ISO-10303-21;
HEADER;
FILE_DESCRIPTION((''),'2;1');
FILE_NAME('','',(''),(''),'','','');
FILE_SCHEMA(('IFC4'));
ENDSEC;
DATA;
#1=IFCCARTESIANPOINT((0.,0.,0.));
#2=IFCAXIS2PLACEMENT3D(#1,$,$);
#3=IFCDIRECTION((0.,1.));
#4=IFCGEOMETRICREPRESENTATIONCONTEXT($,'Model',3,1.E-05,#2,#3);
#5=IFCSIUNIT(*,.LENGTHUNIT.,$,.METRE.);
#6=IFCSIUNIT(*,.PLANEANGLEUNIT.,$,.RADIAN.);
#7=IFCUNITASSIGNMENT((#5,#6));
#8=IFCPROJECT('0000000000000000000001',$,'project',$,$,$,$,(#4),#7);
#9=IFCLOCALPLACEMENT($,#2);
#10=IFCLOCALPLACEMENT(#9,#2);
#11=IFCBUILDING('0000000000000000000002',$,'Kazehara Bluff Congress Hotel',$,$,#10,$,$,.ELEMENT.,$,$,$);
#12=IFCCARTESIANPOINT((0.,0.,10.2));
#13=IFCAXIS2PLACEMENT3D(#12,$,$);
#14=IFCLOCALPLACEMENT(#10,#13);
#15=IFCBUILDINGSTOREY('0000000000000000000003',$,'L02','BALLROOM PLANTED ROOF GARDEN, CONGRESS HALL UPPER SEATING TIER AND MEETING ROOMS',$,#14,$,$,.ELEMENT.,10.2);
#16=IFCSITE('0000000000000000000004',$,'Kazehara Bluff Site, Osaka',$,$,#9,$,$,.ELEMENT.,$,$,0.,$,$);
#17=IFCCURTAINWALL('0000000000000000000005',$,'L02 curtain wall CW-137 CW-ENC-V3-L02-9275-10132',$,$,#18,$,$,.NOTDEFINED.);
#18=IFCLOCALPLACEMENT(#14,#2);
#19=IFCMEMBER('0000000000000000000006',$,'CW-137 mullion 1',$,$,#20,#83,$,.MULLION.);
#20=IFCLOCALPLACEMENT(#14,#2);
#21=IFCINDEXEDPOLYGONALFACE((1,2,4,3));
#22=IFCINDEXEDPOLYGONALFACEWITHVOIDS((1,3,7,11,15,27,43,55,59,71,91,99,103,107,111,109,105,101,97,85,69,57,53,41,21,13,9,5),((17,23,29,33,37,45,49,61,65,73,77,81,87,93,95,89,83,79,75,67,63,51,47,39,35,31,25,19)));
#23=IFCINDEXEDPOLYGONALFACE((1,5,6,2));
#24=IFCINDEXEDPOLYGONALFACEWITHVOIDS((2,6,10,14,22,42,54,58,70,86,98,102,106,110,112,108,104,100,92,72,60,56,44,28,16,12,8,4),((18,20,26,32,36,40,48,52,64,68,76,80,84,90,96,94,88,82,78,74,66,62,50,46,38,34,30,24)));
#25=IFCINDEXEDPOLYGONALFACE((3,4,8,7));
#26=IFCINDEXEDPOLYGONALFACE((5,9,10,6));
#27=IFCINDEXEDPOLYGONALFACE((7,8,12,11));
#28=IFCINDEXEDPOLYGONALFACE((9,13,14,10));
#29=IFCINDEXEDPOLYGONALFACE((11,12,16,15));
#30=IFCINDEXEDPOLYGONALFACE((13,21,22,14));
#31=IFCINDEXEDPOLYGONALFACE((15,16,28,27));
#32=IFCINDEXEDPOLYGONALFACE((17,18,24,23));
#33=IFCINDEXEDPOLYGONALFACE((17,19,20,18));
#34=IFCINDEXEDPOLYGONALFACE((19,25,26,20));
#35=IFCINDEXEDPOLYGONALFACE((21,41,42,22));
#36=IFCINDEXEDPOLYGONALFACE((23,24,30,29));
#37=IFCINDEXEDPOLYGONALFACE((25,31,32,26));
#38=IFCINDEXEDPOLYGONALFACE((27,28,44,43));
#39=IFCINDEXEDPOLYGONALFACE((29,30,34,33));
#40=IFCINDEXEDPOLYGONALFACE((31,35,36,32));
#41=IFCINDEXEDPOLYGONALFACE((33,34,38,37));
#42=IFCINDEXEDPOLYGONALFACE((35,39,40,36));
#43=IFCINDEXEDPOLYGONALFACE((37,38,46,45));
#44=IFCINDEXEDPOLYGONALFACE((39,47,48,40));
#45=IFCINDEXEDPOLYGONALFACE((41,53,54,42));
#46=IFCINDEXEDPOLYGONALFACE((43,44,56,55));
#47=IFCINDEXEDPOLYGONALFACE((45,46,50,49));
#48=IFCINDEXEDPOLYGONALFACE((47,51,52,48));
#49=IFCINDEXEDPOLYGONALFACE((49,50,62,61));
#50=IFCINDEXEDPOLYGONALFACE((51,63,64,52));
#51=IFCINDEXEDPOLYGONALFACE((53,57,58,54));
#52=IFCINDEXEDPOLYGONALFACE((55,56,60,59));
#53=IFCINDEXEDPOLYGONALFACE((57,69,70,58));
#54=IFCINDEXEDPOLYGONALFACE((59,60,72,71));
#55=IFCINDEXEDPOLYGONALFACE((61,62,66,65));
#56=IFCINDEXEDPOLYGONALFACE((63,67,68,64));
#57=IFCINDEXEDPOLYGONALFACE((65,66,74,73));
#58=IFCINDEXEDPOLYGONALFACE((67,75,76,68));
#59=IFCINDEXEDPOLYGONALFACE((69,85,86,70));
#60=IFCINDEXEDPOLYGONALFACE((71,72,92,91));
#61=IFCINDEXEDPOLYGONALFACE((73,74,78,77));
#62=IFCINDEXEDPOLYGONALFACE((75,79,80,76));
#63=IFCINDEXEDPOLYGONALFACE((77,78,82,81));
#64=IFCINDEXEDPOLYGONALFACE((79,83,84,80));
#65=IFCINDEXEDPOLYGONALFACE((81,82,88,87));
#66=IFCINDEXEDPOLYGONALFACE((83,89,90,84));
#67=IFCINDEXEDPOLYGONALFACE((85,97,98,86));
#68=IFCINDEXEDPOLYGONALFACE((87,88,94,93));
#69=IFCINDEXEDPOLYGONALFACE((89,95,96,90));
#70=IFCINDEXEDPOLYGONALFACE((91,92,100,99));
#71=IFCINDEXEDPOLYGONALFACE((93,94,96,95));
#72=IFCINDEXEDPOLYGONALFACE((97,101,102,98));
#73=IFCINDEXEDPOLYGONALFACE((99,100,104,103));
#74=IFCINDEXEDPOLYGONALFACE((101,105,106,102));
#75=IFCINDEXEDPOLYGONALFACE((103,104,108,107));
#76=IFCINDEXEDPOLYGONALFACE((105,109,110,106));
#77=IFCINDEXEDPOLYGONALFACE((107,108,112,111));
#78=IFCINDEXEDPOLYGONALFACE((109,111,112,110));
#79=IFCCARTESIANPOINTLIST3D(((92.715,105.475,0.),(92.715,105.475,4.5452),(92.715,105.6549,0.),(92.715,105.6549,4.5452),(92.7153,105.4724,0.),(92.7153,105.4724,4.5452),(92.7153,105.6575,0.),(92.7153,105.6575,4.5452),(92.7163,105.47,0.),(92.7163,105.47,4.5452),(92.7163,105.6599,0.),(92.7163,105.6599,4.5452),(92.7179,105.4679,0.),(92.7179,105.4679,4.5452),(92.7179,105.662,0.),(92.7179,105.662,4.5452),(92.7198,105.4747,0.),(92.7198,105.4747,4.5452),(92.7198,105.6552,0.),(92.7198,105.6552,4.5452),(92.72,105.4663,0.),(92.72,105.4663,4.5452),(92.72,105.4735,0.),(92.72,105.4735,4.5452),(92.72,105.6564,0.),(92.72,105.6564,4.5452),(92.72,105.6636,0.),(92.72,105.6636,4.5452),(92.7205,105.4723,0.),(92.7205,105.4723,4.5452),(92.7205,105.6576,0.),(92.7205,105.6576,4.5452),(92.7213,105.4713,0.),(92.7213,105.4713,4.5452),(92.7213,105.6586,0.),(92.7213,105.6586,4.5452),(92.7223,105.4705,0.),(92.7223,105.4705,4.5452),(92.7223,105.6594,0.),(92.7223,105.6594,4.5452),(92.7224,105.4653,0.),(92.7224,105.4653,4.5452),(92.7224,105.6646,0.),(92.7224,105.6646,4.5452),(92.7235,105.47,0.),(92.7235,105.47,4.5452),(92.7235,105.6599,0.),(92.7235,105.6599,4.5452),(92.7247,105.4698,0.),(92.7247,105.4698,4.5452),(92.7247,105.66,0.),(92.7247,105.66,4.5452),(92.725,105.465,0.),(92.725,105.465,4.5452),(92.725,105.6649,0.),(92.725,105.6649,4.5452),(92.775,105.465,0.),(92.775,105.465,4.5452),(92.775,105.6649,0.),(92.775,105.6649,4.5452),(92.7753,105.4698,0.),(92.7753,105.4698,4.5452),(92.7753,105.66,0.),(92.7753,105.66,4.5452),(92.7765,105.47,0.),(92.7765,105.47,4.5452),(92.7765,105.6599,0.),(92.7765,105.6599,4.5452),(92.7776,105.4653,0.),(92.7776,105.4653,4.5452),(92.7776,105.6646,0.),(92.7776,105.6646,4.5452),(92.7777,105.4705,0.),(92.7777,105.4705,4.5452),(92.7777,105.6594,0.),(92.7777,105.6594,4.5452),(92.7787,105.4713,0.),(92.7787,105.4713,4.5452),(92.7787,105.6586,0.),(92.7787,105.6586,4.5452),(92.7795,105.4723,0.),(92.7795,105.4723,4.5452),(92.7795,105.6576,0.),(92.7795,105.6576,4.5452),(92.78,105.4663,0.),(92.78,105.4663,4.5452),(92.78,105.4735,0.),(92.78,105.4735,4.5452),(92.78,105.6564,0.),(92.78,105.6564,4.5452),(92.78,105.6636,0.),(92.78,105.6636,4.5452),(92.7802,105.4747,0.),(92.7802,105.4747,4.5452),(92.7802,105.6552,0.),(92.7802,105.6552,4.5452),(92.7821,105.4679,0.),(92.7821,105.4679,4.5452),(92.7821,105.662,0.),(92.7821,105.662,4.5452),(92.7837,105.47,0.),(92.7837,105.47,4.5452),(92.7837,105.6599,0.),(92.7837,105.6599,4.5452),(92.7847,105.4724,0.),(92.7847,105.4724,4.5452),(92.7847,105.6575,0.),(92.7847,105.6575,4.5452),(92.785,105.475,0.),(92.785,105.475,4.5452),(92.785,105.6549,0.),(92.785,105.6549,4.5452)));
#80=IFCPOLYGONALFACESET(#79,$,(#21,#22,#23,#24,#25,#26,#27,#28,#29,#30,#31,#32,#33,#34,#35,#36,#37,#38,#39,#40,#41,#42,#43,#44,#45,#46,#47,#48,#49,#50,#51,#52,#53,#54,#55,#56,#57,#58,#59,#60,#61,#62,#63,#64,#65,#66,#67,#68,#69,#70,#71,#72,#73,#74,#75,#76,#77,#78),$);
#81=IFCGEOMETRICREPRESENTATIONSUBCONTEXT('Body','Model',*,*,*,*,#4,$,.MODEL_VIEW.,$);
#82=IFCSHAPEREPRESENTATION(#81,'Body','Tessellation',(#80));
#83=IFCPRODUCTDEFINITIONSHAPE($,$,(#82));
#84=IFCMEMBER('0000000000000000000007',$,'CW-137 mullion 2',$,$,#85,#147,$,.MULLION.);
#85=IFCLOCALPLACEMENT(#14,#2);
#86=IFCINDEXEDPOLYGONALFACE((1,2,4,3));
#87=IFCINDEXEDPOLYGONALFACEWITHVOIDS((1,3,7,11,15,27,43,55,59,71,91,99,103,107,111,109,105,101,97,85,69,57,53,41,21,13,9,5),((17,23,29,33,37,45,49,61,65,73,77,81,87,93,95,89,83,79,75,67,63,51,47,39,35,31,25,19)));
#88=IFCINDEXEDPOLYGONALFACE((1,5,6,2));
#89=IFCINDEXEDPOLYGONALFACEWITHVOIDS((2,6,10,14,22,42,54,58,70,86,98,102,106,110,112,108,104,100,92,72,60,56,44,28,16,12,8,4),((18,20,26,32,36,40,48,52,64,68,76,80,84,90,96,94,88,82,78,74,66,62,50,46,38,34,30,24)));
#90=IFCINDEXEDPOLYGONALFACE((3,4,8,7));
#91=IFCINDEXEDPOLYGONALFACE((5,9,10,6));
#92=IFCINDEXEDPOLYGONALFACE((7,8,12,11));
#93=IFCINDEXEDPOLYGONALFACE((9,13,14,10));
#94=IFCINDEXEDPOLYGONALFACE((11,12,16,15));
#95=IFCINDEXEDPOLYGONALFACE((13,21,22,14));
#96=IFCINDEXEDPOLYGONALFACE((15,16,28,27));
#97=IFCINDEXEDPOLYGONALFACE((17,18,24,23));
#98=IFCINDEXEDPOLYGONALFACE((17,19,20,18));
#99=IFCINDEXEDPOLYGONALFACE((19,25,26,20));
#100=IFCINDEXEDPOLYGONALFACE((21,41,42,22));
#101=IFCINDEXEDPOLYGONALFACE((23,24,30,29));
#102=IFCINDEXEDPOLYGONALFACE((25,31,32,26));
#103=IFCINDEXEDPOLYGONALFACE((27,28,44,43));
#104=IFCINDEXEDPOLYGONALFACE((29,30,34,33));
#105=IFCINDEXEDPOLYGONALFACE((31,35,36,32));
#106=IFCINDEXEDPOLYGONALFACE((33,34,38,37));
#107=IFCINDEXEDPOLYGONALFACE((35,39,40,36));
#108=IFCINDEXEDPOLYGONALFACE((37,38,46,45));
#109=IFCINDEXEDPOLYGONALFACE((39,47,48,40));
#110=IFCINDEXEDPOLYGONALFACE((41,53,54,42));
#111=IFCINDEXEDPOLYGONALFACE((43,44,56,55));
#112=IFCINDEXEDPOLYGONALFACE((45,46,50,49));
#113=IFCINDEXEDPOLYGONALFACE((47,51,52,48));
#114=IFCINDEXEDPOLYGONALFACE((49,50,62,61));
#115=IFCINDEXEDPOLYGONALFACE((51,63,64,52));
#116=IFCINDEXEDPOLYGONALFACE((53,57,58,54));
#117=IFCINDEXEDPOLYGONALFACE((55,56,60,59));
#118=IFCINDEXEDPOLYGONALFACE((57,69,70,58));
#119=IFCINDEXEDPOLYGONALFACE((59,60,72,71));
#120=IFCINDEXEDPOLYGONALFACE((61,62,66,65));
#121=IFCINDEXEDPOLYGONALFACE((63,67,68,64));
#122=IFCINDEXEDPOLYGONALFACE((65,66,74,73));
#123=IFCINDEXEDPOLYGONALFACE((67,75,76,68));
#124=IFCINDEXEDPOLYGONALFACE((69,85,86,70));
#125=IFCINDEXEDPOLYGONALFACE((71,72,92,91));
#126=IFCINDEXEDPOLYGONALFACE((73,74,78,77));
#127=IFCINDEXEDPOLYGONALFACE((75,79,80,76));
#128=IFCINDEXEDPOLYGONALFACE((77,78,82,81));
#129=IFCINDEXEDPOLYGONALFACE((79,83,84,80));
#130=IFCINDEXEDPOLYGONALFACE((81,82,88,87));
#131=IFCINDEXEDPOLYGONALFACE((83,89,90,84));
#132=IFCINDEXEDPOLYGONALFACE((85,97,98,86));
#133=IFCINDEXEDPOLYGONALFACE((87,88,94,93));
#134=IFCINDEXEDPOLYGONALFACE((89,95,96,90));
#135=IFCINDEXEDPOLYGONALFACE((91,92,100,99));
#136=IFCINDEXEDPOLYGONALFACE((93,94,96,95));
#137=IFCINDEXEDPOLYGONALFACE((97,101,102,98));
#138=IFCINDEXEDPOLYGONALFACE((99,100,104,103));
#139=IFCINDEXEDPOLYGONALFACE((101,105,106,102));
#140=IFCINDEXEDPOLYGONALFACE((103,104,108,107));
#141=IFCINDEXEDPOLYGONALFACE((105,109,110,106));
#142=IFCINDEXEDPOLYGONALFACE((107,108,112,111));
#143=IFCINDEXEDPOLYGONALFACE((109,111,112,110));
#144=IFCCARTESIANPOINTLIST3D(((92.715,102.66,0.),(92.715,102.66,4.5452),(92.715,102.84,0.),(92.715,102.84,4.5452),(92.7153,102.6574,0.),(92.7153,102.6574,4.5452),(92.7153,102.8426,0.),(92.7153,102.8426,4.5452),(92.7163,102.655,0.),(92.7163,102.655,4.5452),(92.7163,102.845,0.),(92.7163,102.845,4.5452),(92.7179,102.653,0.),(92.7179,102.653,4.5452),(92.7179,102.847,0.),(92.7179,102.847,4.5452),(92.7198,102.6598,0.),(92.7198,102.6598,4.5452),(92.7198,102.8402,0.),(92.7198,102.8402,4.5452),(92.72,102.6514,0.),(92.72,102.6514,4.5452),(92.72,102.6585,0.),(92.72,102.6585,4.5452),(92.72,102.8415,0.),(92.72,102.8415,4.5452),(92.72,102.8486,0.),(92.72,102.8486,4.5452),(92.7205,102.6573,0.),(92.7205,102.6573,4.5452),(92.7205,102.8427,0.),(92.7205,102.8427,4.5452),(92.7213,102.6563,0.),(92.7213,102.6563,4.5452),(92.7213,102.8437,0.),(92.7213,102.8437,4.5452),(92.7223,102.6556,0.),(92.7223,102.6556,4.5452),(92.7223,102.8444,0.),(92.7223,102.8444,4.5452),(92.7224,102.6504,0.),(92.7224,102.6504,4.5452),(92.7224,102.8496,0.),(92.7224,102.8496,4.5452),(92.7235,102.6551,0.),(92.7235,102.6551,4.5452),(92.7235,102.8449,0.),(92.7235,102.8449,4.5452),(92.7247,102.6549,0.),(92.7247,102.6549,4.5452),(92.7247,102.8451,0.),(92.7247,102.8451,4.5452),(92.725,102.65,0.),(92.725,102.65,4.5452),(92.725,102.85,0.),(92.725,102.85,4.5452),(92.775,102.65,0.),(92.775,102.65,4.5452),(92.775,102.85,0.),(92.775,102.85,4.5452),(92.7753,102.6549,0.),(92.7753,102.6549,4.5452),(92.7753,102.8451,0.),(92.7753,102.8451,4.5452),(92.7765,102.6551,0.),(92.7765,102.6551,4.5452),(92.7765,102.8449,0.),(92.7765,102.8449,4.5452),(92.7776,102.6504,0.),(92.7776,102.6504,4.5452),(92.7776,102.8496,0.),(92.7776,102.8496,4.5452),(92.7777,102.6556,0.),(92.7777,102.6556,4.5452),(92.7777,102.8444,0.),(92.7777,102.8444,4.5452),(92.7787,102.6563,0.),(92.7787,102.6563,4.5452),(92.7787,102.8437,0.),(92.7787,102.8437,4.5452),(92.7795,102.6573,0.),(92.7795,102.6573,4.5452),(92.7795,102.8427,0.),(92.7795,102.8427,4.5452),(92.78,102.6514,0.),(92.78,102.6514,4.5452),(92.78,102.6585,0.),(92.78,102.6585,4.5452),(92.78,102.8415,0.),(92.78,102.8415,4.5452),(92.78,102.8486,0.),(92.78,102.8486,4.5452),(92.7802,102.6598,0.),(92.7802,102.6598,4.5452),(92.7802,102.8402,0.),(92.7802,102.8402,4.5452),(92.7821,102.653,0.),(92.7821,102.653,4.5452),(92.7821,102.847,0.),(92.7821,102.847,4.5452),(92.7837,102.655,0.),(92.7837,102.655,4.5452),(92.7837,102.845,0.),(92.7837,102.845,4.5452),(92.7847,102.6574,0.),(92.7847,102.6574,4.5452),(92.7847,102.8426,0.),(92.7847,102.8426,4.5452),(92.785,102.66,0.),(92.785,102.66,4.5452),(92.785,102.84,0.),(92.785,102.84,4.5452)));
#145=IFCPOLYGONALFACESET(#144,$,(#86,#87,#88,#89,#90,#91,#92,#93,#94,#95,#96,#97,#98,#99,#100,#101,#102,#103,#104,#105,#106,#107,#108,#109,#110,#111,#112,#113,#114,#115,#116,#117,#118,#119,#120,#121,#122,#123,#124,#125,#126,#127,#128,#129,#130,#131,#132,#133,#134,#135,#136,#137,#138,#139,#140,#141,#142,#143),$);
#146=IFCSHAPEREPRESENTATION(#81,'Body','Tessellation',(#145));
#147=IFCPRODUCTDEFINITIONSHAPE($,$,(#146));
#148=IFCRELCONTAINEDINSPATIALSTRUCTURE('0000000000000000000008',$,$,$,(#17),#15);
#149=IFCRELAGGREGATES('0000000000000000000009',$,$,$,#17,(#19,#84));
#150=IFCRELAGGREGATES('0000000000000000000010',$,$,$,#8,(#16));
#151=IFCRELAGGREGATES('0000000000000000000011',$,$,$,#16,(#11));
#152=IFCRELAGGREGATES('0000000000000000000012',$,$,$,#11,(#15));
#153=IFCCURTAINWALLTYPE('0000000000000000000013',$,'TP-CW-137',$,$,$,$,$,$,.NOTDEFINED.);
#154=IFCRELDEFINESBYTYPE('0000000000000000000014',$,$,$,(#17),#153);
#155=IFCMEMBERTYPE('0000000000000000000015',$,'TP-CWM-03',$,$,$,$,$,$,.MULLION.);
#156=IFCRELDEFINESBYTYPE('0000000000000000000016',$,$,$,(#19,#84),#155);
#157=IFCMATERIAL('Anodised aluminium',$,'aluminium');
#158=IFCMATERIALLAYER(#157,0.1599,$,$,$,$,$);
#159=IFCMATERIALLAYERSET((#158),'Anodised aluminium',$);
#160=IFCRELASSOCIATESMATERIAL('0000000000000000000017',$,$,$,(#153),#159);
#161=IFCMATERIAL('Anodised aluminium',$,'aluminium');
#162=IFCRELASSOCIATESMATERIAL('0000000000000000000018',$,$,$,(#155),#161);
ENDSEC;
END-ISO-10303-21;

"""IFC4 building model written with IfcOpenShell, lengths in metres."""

from ifc_helpers import new_model, si_unit, direction, frame, origin, origin_2d, place, context, subcontext, project, spatial, hollow_rectangle, extrude, material, layer, layer_set, material_profile, profile_set, type_object, element, aggregate, save


model = new_model("IFC4")

# Units and contexts
model_context = context("Model", 3, precision=1e-05, world=origin(), true_north=direction((0.0, 1.0)))
body_context = subcontext(model_context, "Body", "Model", "MODEL_VIEW")
ifc_project = project(units=[si_unit("LENGTHUNIT", "METRE"), si_unit("PLANEANGLEUNIT", "RADIAN")], contexts=[model_context])

# Site, building, storey
site_placement = place(None, origin())
site = spatial("IfcSite", under=ifc_project, at=site_placement, Name="Kazehara Bluff Site, Osaka", CompositionType="ELEMENT", RefElevation=0.0)
building_placement = place(site_placement, origin())
building = spatial("IfcBuilding", under=site, at=building_placement, Name="Kazehara Bluff Congress Hotel", CompositionType="ELEMENT")
storey_placement = place(building_placement, frame((0.0, 0.0, 10.2)))
storey = spatial("IfcBuildingStorey", under=building, at=storey_placement, Name="L02", Description="BALLROOM PLANTED ROOF GARDEN, CONGRESS HALL UPPER SEATING TIER AND MEETING ROOMS", CompositionType="ELEMENT", Elevation=10.2)

# Curtain wall, members
ifc_material_1 = material(Name="Anodised aluminium", Category="aluminium")
ifc_layer_1 = layer(ifc_material_1, 0.1599)
ifc_layer_set_1 = layer_set([ifc_layer_1], Name="Anodised aluminium")
curtain_wall_type_1 = type_object("IfcCurtainWallType", Name="TP-CW-137", PredefinedType="NOTDEFINED", material=ifc_layer_set_1)
curtain_wall_1_placement = place(storey_placement, origin())
curtain_wall_1 = element("IfcCurtainWall", 1, at=curtain_wall_1_placement, inside=storey, type_object=curtain_wall_type_1, Name="L02 curtain wall CW-137 CW-ENC-V3-L02-9275-10132", PredefinedType="NOTDEFINED")
ifc_material_2 = material(Name="Anodised aluminium", Category="aluminium")
ifc_material_profile_1 = material_profile(ifc_material_2, hollow_rectangle(XDim=0.0701, YDim=0.2, WallThickness=0.0049, InnerFilletRadius=0.0049, OuterFilletRadius=0.01, at=origin_2d()))
ifc_profile_set_1 = profile_set([ifc_material_profile_1], Name="Anodised aluminium")
member_type_1 = type_object("IfcMemberType", Name="TP-CWM-03", PredefinedType="MULLION", material=ifc_profile_set_1)
member_1_placement = place(storey_placement, frame((92.75, 105.5649, 0.0), z_axis=(0.0, 0.0, 1.0), x_axis=(1.0, 0.0, 0.0)))
member_1 = element("IfcMember", 2, at=member_1_placement, type_object=member_type_1, Name="CW-137 mullion 1", PredefinedType="MULLION", context=body_context, shape_type="SweptSolid", body=[
    extrude(hollow_rectangle(XDim=0.0701, YDim=0.2, WallThickness=0.0049, InnerFilletRadius=0.0049, OuterFilletRadius=0.01, at=origin_2d()), origin(), (0.0, 0.0, 1.0), 4.5452),
])
member_2_placement = place(storey_placement, frame((92.75, 102.75, 0.0), z_axis=(0.0, 0.0, 1.0), x_axis=(1.0, 0.0, 0.0)))
member_2 = element("IfcMember", 3, at=member_2_placement, type_object=member_type_1, Name="CW-137 mullion 2", PredefinedType="MULLION", context=body_context, shape_type="SweptSolid", body=[
    extrude(hollow_rectangle(XDim=0.0701, YDim=0.2, WallThickness=0.0049, InnerFilletRadius=0.0049, OuterFilletRadius=0.01, at=origin_2d()), origin(), (0.0, 0.0, 1.0), 4.5452),
])

aggregate(curtain_wall_1, [member_1, member_2])

save(model, "model.ifc")
